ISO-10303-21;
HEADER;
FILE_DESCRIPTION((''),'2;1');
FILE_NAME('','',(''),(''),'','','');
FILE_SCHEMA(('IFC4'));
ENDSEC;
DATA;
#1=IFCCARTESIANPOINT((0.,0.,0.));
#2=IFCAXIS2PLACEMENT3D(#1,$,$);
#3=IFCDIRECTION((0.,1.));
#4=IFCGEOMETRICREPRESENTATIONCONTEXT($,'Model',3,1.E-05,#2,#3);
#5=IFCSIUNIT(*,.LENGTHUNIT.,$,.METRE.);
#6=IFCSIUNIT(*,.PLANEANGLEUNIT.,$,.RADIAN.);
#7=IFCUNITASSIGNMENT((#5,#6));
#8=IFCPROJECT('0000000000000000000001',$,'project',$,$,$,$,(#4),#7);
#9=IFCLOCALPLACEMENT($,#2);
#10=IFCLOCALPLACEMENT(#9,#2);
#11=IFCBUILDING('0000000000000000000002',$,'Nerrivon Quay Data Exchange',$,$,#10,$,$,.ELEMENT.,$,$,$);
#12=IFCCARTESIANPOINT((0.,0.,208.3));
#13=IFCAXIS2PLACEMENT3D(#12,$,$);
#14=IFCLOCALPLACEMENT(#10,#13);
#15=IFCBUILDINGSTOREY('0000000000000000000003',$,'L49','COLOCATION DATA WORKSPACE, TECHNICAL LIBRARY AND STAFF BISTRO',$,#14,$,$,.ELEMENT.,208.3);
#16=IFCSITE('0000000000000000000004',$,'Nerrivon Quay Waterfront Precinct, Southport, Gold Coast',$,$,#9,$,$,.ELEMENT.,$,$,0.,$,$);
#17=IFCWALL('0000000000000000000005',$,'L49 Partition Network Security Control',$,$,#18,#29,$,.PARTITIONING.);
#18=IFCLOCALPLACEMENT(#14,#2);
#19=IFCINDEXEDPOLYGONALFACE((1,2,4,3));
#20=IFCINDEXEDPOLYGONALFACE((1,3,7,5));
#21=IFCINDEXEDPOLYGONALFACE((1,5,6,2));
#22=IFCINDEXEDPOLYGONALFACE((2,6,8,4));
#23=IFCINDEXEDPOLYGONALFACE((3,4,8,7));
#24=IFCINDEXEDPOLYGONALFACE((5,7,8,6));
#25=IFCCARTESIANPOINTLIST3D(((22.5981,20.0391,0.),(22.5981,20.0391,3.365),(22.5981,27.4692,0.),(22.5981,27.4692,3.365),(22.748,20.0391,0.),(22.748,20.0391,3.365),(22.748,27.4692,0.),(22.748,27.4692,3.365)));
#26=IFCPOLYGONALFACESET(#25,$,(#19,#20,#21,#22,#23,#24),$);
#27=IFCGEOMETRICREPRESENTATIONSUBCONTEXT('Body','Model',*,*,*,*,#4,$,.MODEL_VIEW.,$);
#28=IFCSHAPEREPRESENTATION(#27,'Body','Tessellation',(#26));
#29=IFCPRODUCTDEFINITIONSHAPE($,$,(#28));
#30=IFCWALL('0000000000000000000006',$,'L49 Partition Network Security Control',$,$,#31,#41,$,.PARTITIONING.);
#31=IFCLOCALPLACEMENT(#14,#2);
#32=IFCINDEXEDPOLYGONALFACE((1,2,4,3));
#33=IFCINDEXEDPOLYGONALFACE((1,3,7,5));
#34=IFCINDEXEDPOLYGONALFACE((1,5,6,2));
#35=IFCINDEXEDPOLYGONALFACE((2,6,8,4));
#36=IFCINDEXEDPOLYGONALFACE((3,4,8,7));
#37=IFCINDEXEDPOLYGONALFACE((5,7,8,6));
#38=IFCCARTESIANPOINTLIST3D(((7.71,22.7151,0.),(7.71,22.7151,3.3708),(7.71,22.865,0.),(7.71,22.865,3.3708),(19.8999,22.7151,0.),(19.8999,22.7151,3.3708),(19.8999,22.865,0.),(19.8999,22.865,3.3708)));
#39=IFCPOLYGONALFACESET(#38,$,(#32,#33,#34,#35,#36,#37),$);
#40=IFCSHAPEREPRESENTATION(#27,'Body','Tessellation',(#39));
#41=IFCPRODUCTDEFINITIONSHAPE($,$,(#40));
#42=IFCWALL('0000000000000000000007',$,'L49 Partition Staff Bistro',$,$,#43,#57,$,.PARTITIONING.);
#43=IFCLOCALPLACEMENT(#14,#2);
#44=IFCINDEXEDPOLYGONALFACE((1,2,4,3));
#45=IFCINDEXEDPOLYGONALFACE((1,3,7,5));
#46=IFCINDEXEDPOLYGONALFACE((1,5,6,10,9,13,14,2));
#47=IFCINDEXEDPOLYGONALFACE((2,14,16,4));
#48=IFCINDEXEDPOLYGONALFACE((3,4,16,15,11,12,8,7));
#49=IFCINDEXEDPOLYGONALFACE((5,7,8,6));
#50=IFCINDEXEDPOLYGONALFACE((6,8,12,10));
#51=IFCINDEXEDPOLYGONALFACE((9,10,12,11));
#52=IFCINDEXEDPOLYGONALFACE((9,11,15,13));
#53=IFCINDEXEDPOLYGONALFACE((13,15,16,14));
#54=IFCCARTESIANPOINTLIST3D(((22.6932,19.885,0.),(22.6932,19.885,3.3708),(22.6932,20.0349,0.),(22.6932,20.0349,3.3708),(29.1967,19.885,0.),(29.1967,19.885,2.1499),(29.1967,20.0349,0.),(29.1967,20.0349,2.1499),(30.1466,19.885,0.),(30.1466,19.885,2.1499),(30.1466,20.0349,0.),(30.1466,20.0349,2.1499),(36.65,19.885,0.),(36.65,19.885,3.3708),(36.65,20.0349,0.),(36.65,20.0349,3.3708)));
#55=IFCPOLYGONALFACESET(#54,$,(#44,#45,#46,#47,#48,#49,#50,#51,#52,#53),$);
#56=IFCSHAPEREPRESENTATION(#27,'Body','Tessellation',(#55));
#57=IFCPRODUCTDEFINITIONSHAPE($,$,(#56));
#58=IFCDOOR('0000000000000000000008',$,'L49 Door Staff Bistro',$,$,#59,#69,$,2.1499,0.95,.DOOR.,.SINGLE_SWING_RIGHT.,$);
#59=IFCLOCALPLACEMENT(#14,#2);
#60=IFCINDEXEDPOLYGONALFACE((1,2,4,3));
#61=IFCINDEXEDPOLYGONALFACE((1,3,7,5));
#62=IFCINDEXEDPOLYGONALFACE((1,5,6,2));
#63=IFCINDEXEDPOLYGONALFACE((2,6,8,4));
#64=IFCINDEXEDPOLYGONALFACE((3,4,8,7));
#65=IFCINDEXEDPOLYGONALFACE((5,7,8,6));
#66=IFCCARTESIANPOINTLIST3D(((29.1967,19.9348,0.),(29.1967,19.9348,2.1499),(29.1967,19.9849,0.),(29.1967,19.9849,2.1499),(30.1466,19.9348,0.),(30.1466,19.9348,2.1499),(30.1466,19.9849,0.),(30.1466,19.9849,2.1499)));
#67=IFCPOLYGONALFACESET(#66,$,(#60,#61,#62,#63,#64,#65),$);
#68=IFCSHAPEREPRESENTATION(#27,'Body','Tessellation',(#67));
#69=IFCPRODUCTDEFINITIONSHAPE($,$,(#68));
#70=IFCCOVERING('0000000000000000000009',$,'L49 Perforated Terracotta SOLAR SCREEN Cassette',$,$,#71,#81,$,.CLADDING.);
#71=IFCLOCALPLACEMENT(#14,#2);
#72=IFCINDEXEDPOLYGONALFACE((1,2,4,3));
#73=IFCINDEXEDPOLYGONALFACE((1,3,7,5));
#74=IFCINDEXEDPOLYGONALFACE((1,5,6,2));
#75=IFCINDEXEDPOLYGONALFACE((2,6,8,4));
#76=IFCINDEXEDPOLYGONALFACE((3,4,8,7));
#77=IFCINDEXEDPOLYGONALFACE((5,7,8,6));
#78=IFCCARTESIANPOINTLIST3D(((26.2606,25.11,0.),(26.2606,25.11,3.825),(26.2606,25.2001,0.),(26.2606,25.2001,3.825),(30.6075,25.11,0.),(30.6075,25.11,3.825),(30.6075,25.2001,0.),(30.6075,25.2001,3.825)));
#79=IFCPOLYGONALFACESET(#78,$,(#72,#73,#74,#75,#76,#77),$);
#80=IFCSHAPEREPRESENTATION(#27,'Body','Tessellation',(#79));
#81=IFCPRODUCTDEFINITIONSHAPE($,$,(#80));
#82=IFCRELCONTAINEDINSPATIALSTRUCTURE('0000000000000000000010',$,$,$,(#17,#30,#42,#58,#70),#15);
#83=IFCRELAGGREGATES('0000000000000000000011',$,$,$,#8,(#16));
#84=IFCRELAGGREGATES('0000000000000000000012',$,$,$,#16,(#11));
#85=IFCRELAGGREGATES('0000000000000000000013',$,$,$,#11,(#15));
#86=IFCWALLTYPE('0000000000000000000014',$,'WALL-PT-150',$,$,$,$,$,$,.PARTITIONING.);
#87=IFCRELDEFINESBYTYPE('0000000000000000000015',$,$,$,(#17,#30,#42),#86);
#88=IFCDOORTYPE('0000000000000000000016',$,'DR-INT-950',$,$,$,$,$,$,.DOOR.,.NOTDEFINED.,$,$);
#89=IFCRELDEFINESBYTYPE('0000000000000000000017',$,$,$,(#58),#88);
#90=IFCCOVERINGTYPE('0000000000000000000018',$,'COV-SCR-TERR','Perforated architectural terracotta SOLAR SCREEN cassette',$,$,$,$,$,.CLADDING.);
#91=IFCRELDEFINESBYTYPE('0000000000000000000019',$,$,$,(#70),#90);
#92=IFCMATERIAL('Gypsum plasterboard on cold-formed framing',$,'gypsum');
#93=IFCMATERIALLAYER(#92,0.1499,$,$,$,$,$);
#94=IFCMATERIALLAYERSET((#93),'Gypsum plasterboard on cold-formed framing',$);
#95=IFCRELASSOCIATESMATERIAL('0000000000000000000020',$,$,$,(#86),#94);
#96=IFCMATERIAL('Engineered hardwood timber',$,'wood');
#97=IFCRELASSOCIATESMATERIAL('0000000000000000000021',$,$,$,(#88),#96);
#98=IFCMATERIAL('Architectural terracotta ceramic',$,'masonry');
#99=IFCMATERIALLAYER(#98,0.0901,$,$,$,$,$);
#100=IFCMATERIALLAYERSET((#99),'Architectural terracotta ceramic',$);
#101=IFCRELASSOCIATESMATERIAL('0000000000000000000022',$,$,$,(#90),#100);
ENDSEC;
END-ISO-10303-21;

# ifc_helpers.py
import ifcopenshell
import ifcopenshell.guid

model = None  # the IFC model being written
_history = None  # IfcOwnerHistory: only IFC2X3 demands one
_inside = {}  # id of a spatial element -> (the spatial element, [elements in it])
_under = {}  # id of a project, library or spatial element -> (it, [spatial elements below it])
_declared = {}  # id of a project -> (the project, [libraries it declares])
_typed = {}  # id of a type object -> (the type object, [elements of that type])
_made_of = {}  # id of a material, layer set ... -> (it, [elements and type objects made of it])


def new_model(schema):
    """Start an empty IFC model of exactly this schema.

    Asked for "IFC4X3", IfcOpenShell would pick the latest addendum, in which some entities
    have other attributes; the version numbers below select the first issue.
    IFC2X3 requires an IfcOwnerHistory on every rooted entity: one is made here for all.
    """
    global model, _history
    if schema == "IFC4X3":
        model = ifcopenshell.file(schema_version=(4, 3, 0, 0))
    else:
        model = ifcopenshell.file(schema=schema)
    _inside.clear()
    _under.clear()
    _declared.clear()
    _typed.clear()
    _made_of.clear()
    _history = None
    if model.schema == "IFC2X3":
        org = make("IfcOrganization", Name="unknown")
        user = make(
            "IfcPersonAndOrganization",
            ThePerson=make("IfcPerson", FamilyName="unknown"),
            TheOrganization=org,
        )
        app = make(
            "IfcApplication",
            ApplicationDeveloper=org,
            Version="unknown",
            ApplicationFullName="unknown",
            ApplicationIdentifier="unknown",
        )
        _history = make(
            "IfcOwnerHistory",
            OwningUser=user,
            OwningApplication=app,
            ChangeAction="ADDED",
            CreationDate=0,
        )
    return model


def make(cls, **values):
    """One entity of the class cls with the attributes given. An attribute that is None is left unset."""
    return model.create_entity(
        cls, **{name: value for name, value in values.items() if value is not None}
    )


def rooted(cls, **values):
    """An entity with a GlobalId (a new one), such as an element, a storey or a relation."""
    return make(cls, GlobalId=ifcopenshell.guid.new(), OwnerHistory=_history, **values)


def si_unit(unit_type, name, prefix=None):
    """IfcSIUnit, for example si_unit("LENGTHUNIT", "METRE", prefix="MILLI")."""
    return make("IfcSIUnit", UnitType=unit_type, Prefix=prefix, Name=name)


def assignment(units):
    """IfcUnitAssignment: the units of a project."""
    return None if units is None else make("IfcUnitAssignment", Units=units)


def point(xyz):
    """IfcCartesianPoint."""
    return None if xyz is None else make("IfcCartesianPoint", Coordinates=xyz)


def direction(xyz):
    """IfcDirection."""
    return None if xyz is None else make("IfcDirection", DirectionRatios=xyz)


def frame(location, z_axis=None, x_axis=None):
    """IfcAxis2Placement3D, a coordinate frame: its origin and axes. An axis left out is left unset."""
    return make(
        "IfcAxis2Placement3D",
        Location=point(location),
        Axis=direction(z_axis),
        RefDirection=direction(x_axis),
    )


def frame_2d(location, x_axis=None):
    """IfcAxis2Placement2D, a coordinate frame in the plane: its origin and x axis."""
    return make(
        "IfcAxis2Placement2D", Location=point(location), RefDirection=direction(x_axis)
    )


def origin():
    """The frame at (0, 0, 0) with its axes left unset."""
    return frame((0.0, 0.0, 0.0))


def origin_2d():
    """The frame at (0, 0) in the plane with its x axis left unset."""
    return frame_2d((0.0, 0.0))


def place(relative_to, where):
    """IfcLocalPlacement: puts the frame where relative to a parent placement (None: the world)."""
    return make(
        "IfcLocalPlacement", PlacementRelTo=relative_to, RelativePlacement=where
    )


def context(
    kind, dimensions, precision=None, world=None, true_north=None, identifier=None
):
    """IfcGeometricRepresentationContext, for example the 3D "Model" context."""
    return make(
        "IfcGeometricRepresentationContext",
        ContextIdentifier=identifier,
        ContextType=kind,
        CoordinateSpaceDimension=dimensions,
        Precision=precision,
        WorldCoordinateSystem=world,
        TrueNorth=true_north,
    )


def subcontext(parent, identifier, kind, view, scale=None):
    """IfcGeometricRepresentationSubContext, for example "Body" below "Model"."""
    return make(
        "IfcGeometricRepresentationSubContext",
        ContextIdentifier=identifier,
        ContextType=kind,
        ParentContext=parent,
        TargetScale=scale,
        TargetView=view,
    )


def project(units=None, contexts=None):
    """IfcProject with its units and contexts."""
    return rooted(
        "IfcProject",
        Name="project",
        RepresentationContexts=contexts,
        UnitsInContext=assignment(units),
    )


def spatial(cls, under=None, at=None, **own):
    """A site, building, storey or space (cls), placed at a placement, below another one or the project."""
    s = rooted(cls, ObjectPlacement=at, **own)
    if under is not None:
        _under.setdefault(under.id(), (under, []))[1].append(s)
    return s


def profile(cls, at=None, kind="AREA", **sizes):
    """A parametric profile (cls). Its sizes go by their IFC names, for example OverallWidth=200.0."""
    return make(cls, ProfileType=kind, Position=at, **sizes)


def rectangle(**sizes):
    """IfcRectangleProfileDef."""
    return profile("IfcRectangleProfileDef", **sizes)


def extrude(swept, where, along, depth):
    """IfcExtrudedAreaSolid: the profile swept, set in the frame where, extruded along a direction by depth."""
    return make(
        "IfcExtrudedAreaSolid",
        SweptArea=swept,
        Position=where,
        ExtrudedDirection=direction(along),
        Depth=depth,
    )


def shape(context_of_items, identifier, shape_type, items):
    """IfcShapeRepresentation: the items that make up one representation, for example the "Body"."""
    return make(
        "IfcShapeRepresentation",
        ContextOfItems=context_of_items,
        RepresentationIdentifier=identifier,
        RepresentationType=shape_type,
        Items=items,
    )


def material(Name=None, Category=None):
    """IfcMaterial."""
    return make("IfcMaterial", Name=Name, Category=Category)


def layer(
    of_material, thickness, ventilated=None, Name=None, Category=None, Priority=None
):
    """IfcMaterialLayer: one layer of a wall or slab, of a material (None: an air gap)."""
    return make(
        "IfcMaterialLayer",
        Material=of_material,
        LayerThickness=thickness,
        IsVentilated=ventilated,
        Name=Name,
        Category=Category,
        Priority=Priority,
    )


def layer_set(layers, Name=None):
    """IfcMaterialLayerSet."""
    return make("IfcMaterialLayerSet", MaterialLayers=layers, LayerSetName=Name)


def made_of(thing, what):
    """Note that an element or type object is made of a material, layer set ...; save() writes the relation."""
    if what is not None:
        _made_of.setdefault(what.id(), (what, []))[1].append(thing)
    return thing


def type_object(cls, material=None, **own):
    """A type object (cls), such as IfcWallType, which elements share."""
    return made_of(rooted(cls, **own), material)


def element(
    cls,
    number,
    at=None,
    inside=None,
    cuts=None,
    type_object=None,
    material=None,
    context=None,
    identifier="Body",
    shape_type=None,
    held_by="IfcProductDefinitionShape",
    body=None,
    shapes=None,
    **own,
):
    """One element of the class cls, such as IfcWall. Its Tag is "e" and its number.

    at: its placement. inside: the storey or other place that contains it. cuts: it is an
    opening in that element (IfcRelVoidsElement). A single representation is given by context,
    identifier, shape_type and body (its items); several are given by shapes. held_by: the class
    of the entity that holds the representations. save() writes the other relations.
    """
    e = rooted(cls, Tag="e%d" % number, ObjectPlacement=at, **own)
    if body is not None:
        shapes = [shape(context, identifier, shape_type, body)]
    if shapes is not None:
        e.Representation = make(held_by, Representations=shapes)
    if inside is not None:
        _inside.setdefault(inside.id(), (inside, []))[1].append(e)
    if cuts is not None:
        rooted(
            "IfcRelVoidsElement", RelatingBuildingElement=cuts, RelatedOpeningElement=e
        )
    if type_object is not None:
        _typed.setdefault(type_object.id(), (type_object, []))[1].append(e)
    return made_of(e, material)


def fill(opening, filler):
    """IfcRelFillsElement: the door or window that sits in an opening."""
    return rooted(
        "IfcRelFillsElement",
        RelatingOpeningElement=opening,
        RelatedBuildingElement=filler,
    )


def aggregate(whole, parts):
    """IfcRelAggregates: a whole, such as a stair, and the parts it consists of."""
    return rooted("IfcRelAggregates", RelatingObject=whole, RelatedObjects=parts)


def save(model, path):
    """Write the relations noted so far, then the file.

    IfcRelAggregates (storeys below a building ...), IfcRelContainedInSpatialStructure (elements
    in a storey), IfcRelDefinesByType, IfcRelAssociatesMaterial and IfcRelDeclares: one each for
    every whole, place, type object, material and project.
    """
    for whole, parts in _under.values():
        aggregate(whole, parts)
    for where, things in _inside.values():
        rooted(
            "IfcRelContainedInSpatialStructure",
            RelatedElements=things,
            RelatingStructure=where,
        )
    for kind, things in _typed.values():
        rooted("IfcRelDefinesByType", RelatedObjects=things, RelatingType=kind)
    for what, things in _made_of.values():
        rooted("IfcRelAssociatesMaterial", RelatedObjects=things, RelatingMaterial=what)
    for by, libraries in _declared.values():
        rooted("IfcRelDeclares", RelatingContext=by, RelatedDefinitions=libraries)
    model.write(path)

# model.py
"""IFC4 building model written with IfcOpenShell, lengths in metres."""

from ifc_helpers import new_model, si_unit, direction, frame, frame_2d, origin, origin_2d, place, context, subcontext, project, spatial, rectangle, extrude, material, layer, layer_set, type_object, element, fill, save


model = new_model("IFC4")

# Units and contexts
model_context = context("Model", 3, precision=1e-05, world=origin(), true_north=direction((0.0, 1.0)))
body_context = subcontext(model_context, "Body", "Model", "MODEL_VIEW")
ifc_project = project(units=[si_unit("LENGTHUNIT", "METRE"), si_unit("PLANEANGLEUNIT", "RADIAN")], contexts=[model_context])

# Site, building, storey
site_placement = place(None, origin())
site = spatial("IfcSite", under=ifc_project, at=site_placement, Name="Nerrivon Quay Waterfront Precinct, Southport, Gold Coast", CompositionType="ELEMENT", RefElevation=0.0)
building_placement = place(site_placement, origin())
building = spatial("IfcBuilding", under=site, at=building_placement, Name="Nerrivon Quay Data Exchange", CompositionType="ELEMENT")
storey_placement = place(building_placement, frame((0.0, 0.0, 208.3)))
storey = spatial("IfcBuildingStorey", under=building, at=storey_placement, Name="L49", Description="COLOCATION DATA WORKSPACE, TECHNICAL LIBRARY AND STAFF BISTRO", CompositionType="ELEMENT", Elevation=208.3)

# Walls
ifc_material_1 = material(Name="Gypsum plasterboard on cold-formed framing", Category="gypsum")
ifc_layer_1 = layer(ifc_material_1, 0.1499)
ifc_layer_set_1 = layer_set([ifc_layer_1], Name="Gypsum plasterboard on cold-formed framing")
wall_type_1 = type_object("IfcWallType", Name="WALL-PT-150", PredefinedType="PARTITIONING", material=ifc_layer_set_1)
wall_1_placement = place(storey_placement, frame((22.6731, 20.0391, 0.0), z_axis=(0.0, 0.0, 1.0), x_axis=(0.0, 1.0, 0.0)))
element("IfcWall", 1, at=wall_1_placement, inside=storey, type_object=wall_type_1, Name="L49 Partition Network Security Control", PredefinedType="PARTITIONING", context=body_context, shape_type="SweptSolid", body=[
    extrude(rectangle(XDim=7.4302, YDim=0.1499, at=frame_2d((3.7151, 0.0))), origin(), (0.0, 0.0, 1.0), 3.365),
])
wall_2_placement = place(storey_placement, frame((19.8999, 22.79, 0.0), z_axis=(0.0, 0.0, 1.0), x_axis=(-1.0, 0.0, 0.0)))
element("IfcWall", 2, at=wall_2_placement, inside=storey, type_object=wall_type_1, Name="L49 Partition Network Security Control", PredefinedType="PARTITIONING", context=body_context, shape_type="SweptSolid", body=[
    extrude(rectangle(XDim=12.1899, YDim=0.1499, at=frame_2d((6.095, 0.0))), origin(), (0.0, 0.0, 1.0), 3.3708),
])

# Wall, opening, door
wall_3_placement = place(storey_placement, frame((22.6931, 19.96, 0.0), z_axis=(0.0, 0.0, 1.0), x_axis=(1.0, 0.0, 0.0)))
wall_3 = element("IfcWall", 3, at=wall_3_placement, inside=storey, type_object=wall_type_1, Name="L49 Partition Staff Bistro", PredefinedType="PARTITIONING", context=body_context, shape_type="SweptSolid", body=[
    extrude(rectangle(XDim=13.9568, YDim=0.1499, at=frame_2d((6.9785, 0.0))), origin(), (0.0, 0.0, 1.0), 3.3708),
])
opening_placement = place(wall_3_placement, frame((6.5034, 0.0, 0.0)))
opening = element("IfcOpeningElement", 4, at=opening_placement, cuts=wall_3, PredefinedType="OPENING", context=body_context, shape_type="SweptSolid", body=[
    extrude(rectangle(XDim=0.95, YDim=2.1499, at=frame_2d((0.4751, 1.075))), frame((0.0, 0.085, 0.0), z_axis=(0.0, -1.0, 0.0), x_axis=(1.0, 0.0, 0.0)), (0.0, 0.0, 1.0), 0.1699),
])
ifc_material_2 = material(Name="Engineered hardwood timber", Category="wood")
door_type = type_object("IfcDoorType", Name="DR-INT-950", OperationType="NOTDEFINED", PredefinedType="DOOR", material=ifc_material_2)
door_placement = place(opening_placement, origin())
door = element("IfcDoor", 5, at=door_placement, inside=storey, type_object=door_type, Name="L49 Door Staff Bistro", OperationType="SINGLE_SWING_RIGHT", OverallHeight=2.1499, OverallWidth=0.95, PredefinedType="DOOR", context=body_context, shape_type="SweptSolid", body=[
    extrude(rectangle(XDim=0.95, YDim=2.1499, at=frame_2d((0.4751, 1.075))), frame((0.0, 0.0249, 0.0), z_axis=(0.0, -1.0, 0.0), x_axis=(1.0, 0.0, 0.0)), (0.0, 0.0, 1.0), 0.05),
])
fill(opening, door)

# Covering
ifc_material_3 = material(Name="Architectural terracotta ceramic", Category="masonry")
ifc_layer_2 = layer(ifc_material_3, 0.0901)
ifc_layer_set_2 = layer_set([ifc_layer_2], Name="Architectural terracotta ceramic")
covering_type = type_object("IfcCoveringType", Name="COV-SCR-TERR", Description="Perforated architectural terracotta SOLAR SCREEN cassette", PredefinedType="CLADDING", material=ifc_layer_set_2)
covering_placement = place(storey_placement, frame((28.4341, 25.155, 0.0), z_axis=(0.0, 0.0, 1.0), x_axis=(1.0, 0.0, 0.0)))
element("IfcCovering", 6, at=covering_placement, inside=storey, type_object=covering_type, Name="L49 Perforated Terracotta SOLAR SCREEN Cassette", PredefinedType="CLADDING", context=body_context, shape_type="SweptSolid", body=[
    extrude(rectangle(XDim=4.3469, YDim=0.0901, at=origin_2d()), origin(), (0.0, 0.0, 1.0), 3.825),
])

save(model, "model.ifc")
